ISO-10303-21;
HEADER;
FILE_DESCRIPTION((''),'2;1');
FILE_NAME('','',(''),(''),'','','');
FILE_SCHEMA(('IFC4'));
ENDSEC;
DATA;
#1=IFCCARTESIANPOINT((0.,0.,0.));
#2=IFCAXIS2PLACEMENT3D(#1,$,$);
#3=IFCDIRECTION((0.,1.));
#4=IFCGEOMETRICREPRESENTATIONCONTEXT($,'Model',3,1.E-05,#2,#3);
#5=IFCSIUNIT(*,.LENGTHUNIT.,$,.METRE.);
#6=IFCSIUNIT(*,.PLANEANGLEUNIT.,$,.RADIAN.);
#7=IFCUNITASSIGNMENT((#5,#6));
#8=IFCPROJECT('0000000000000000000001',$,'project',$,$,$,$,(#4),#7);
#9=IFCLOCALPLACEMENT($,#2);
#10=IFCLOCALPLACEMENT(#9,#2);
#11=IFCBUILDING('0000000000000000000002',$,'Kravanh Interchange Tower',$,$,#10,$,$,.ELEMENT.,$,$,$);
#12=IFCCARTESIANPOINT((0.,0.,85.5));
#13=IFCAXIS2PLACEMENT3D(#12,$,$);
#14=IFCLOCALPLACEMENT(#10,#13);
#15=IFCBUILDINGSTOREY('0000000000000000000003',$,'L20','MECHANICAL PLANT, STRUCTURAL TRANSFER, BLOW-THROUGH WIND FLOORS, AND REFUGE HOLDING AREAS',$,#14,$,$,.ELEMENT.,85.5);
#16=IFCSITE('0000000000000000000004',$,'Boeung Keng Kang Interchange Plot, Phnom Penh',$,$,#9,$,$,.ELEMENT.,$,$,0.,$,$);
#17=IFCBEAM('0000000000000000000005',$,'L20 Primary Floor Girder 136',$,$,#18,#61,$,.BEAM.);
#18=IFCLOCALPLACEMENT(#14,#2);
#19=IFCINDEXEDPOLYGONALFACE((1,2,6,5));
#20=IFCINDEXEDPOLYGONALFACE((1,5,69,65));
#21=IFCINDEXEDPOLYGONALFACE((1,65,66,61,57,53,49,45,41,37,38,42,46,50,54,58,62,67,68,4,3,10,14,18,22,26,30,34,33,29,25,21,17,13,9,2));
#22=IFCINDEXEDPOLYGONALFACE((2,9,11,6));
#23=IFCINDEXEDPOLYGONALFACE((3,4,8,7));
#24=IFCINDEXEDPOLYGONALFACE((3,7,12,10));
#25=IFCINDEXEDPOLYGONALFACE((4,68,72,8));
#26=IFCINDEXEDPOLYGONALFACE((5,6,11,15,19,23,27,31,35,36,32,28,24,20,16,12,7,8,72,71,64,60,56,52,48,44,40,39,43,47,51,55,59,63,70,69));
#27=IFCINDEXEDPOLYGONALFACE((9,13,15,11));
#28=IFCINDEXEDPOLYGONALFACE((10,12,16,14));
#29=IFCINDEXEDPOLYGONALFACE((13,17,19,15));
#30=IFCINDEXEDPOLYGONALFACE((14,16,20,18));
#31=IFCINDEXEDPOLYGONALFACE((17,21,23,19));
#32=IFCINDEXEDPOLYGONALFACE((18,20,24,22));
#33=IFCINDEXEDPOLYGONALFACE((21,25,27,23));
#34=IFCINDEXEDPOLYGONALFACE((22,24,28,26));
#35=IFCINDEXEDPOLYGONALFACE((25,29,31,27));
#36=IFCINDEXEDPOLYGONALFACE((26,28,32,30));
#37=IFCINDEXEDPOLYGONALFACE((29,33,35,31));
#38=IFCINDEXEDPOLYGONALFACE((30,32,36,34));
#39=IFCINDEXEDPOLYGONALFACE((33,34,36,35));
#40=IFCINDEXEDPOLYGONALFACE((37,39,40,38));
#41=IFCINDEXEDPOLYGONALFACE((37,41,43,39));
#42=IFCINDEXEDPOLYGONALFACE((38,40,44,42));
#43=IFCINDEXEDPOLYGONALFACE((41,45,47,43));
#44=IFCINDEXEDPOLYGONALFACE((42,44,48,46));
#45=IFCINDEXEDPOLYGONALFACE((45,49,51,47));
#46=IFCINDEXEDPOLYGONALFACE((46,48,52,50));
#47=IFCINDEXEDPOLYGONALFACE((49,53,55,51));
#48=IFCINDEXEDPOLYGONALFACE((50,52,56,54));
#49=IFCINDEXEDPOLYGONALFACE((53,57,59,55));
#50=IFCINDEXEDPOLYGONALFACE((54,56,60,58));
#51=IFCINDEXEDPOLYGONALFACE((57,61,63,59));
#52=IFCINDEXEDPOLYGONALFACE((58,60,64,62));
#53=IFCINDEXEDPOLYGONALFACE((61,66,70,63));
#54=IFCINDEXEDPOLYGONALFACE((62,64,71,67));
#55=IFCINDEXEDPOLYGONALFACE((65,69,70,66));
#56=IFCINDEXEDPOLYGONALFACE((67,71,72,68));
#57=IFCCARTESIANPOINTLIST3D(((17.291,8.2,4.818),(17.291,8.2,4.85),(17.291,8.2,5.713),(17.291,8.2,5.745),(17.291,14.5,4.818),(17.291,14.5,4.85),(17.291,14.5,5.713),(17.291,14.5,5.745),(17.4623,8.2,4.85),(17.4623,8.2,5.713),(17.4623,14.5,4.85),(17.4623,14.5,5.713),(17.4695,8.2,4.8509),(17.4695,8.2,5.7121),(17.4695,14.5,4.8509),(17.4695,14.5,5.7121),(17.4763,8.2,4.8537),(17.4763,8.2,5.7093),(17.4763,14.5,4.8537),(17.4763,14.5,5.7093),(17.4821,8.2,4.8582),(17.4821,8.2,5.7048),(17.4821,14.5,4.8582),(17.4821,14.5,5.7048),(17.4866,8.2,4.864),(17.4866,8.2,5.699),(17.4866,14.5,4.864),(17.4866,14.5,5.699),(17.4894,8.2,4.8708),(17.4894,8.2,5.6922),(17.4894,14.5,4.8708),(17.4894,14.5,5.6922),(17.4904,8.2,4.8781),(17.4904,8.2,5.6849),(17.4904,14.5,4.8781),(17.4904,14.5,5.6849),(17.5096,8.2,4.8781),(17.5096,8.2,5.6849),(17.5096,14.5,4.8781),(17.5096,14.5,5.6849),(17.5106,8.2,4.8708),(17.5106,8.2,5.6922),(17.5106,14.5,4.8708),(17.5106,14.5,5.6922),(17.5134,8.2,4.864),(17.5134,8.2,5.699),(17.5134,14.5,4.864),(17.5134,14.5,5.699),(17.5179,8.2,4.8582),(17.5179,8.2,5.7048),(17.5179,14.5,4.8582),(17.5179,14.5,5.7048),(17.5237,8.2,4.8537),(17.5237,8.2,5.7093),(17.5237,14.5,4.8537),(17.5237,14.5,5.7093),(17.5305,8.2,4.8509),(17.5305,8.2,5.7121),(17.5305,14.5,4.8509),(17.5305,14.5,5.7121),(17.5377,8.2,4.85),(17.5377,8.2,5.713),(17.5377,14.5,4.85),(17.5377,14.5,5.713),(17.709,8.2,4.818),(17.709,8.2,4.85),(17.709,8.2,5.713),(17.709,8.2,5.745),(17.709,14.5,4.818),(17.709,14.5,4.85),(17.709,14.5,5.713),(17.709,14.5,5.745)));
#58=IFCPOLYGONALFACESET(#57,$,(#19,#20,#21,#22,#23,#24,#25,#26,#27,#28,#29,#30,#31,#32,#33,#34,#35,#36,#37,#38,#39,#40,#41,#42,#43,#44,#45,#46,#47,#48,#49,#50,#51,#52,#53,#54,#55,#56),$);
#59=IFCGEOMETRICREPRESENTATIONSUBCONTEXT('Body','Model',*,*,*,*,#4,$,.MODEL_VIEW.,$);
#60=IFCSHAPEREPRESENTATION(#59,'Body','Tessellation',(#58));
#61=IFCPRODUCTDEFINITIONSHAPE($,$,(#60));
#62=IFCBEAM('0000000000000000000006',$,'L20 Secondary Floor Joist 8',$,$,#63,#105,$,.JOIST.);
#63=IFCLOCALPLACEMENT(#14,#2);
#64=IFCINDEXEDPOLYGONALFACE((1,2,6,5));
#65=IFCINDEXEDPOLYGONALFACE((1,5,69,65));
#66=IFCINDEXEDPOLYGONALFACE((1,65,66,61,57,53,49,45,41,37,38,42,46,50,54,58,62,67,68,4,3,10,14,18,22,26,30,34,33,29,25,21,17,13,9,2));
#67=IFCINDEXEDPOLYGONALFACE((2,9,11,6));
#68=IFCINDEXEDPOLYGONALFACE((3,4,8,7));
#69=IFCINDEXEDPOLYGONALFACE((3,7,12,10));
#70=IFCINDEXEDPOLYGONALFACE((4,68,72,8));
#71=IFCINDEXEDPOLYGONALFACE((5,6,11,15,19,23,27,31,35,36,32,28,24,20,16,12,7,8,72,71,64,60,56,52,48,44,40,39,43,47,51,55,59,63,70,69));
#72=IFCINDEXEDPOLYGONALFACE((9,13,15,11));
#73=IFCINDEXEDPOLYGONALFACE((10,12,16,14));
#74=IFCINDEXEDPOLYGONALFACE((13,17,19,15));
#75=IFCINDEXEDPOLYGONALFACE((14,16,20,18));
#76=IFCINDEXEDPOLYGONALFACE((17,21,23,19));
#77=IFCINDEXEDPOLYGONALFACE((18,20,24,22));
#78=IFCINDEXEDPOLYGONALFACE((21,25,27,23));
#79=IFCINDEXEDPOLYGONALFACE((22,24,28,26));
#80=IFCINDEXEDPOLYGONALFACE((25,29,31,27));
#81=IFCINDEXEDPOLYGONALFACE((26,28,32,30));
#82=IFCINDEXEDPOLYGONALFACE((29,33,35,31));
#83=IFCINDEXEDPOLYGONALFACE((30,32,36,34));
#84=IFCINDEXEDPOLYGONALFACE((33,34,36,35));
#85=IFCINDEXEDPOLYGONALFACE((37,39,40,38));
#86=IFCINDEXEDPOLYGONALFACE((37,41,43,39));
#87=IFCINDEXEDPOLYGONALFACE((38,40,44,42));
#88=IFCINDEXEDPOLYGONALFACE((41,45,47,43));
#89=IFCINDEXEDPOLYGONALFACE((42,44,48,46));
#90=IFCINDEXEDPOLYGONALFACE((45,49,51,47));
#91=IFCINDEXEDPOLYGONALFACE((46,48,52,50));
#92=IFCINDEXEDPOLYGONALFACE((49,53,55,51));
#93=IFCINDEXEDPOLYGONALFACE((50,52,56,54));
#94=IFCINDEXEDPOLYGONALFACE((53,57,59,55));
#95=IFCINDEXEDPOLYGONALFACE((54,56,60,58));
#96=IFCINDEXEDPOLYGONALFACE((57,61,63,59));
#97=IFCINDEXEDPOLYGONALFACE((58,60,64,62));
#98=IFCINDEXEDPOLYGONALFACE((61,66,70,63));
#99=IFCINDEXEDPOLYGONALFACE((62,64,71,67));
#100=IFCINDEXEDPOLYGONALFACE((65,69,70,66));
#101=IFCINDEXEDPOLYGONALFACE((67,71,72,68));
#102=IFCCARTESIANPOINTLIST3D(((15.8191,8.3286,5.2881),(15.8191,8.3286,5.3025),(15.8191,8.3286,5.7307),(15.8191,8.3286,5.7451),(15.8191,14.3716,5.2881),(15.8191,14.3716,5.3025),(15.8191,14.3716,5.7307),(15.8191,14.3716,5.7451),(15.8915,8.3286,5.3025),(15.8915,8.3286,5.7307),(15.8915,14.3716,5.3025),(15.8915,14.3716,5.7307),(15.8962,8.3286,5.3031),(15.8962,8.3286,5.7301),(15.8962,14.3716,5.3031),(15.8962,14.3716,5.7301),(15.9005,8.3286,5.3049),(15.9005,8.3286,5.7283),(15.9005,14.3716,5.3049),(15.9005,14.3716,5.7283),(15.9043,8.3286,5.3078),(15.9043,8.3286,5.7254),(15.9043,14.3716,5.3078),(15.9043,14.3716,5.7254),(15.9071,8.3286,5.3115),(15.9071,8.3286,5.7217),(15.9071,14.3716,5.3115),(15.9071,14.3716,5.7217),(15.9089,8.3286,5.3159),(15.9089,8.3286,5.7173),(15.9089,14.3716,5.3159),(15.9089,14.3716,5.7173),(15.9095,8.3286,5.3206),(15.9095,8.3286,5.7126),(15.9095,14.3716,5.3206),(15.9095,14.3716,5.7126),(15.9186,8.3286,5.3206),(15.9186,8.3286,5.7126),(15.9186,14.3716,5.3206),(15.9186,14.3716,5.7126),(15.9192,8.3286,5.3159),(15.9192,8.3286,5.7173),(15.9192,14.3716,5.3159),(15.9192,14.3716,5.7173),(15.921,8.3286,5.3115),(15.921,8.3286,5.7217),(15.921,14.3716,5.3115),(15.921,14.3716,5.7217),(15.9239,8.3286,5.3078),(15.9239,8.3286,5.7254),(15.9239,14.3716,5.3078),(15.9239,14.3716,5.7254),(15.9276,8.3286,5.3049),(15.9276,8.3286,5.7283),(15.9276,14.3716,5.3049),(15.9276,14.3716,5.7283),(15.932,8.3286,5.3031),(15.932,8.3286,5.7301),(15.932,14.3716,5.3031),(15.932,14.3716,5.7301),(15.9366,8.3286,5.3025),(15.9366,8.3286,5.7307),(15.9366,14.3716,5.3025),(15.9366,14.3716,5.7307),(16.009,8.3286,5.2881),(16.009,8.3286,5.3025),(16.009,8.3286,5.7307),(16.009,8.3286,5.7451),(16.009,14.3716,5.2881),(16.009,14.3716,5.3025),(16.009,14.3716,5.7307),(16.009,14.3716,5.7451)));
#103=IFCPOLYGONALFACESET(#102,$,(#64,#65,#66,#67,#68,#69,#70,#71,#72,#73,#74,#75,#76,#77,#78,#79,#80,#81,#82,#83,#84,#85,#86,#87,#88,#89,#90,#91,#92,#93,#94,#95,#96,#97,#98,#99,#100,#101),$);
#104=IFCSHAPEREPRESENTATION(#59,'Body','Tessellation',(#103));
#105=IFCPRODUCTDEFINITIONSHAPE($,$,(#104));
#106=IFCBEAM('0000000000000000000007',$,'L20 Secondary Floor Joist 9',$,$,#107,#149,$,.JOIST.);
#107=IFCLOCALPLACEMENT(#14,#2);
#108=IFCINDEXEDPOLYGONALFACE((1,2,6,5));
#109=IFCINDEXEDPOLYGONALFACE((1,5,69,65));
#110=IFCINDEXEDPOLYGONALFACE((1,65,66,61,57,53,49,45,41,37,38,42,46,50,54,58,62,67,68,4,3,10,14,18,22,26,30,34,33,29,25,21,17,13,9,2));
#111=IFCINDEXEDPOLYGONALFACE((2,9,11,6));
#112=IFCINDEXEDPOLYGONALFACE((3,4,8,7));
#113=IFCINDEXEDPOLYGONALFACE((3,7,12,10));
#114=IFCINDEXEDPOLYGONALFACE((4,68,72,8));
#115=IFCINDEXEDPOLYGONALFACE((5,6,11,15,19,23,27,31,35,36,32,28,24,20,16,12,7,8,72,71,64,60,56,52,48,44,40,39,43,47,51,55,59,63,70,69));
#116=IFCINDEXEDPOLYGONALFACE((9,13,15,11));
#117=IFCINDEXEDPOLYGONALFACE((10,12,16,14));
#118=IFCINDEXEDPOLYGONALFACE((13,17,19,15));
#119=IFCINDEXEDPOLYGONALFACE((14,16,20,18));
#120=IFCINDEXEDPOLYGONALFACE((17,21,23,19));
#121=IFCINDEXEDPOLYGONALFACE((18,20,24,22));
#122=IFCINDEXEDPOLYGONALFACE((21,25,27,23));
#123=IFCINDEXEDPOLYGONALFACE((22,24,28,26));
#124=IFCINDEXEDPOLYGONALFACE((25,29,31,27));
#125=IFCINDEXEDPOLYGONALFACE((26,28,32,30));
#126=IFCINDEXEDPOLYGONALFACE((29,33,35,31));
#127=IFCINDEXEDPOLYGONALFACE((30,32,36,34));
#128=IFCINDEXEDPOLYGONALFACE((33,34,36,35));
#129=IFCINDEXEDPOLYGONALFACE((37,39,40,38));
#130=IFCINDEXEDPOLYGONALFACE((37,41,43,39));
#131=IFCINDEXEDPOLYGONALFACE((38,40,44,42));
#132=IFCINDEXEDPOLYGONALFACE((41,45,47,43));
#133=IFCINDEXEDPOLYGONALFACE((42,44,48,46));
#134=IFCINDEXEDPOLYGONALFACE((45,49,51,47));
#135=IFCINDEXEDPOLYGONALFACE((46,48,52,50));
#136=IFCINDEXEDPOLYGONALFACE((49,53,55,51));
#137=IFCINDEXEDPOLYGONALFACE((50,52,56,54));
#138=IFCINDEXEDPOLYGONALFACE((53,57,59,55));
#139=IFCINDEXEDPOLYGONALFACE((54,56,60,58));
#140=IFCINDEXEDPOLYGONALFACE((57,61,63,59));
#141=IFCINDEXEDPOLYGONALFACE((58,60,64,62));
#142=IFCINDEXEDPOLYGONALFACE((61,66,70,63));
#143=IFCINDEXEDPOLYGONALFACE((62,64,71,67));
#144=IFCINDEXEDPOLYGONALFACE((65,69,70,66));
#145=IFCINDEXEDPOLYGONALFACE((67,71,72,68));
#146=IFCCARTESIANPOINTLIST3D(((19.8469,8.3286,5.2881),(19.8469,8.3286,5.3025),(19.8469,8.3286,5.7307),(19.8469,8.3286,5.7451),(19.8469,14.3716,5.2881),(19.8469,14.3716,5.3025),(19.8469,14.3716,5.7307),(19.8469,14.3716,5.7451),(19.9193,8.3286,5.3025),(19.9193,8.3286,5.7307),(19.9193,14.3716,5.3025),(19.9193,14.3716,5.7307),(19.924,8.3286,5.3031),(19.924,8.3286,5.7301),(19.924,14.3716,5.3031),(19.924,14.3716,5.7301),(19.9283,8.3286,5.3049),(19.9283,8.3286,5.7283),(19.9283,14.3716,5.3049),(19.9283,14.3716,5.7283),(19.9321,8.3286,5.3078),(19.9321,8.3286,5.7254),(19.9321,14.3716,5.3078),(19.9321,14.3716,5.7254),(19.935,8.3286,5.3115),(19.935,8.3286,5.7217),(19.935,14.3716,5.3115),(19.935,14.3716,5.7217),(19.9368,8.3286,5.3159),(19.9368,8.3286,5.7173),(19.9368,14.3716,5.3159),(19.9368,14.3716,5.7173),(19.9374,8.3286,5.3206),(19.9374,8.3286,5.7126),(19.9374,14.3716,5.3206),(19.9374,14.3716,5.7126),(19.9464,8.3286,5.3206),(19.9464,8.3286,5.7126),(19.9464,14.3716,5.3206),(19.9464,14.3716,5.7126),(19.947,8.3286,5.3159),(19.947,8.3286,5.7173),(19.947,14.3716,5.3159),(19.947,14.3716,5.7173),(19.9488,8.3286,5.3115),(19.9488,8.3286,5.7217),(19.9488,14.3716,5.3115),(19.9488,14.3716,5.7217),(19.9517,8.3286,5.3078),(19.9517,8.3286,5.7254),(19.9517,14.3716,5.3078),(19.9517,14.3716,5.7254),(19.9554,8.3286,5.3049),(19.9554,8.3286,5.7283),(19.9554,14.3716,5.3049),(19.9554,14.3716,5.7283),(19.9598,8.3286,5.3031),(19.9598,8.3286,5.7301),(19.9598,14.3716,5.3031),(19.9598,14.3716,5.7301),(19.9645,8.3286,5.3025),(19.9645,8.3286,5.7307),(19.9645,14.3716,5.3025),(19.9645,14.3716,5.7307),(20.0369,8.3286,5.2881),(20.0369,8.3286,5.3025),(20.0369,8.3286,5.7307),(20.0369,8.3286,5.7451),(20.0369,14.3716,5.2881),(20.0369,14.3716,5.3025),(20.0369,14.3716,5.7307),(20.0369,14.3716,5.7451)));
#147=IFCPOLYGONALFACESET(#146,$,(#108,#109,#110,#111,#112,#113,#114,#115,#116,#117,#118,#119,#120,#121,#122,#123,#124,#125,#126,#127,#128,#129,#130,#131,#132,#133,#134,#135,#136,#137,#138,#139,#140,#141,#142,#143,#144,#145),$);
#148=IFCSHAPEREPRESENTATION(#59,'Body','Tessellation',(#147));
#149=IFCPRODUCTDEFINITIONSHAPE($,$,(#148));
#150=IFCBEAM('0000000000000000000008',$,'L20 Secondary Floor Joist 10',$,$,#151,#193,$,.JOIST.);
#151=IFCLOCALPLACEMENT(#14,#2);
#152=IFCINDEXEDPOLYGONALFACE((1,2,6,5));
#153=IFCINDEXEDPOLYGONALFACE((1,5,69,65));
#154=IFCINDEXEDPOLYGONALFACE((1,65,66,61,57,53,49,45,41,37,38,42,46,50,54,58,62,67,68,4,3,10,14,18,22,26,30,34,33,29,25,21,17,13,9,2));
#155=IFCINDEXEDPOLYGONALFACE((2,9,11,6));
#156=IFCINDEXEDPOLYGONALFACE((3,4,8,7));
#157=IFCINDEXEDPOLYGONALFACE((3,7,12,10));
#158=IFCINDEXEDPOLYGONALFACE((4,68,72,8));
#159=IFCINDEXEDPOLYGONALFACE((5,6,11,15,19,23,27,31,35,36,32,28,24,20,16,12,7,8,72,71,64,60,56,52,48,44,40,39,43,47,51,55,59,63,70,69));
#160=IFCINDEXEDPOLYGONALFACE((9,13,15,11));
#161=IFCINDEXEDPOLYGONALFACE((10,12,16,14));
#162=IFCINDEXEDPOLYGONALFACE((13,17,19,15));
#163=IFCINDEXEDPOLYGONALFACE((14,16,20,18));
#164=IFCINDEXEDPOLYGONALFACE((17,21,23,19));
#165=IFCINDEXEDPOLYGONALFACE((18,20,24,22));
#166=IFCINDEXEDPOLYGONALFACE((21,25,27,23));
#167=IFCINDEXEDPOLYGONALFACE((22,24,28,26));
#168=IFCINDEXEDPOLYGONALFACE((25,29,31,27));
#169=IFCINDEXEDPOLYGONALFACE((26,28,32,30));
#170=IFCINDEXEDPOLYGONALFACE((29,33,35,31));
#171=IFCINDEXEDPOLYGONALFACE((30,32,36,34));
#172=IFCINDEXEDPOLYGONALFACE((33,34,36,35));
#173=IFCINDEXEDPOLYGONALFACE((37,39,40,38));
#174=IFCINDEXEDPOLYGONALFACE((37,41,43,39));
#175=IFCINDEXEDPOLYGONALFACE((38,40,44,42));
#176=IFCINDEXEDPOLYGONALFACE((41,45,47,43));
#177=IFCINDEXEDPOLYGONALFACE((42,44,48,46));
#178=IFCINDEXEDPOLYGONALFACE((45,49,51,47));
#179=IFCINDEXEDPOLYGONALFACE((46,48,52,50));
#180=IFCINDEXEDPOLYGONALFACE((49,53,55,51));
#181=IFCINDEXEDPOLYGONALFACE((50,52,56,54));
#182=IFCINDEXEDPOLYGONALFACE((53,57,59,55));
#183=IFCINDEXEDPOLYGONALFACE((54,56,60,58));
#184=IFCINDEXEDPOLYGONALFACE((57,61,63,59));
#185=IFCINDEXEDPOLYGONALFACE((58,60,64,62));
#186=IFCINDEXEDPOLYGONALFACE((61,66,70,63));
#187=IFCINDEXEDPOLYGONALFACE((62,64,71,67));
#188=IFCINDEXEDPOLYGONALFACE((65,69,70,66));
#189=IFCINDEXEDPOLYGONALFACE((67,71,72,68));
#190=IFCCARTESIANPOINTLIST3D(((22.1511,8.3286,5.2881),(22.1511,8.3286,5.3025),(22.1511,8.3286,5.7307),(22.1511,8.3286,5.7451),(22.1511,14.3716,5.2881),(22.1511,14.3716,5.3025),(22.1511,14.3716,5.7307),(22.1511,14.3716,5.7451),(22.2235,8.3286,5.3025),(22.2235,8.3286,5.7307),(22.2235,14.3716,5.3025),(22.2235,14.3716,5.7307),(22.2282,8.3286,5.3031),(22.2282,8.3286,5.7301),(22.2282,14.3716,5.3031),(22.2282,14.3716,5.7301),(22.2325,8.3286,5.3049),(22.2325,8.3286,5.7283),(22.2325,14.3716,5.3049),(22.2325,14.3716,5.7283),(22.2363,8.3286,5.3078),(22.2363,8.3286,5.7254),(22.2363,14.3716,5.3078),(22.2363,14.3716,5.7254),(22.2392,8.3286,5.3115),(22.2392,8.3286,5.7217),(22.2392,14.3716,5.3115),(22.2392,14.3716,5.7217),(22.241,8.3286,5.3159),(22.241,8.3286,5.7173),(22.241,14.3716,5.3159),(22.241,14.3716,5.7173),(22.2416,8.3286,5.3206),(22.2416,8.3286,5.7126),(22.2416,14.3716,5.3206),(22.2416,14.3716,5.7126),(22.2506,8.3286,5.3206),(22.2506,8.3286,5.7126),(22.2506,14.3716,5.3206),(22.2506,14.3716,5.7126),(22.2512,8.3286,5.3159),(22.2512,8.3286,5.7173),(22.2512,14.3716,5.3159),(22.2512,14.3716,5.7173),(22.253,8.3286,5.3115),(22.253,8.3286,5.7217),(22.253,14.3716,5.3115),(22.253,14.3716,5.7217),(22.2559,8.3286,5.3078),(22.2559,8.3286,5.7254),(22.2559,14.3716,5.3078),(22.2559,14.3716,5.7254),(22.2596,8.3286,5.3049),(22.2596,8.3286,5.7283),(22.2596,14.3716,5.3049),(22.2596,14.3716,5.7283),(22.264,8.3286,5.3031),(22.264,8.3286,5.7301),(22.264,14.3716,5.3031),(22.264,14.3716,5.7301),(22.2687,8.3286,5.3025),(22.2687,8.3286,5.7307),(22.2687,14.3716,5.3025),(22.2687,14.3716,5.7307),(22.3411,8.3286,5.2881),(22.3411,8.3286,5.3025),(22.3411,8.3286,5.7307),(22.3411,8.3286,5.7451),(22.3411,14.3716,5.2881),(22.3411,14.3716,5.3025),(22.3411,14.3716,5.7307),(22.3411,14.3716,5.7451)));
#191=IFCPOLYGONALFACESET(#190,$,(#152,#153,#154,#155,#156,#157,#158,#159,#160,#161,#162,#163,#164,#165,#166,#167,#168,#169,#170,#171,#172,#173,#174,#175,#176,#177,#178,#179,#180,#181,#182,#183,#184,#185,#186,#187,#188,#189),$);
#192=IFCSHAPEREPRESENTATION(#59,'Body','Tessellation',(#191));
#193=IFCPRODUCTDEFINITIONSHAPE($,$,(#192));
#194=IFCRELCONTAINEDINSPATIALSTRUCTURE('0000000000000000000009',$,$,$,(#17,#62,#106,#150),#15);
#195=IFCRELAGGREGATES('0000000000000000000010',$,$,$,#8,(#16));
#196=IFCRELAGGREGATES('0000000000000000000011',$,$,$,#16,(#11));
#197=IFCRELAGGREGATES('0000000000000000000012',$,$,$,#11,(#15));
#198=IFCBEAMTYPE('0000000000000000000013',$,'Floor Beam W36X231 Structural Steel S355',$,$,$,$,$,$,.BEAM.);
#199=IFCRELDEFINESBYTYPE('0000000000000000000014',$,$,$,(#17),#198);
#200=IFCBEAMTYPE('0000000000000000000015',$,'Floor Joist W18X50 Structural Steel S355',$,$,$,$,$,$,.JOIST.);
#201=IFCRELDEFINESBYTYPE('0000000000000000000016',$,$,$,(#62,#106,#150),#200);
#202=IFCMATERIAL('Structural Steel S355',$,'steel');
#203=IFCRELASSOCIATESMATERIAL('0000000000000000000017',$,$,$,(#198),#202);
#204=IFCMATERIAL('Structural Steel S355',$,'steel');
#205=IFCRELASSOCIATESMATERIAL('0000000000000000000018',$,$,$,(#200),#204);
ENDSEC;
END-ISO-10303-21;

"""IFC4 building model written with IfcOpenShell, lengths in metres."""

from ifc_helpers import new_model, si_unit, direction, frame, origin, origin_2d, place, context, subcontext, project, spatial, i_section, extrude, material, material_profile, profile_set, type_object, element, save


model = new_model("IFC4")

# Units and contexts
model_context = context("Model", 3, precision=1e-05, world=origin(), true_north=direction((0.0, 1.0)))
body_context = subcontext(model_context, "Body", "Model", "MODEL_VIEW")
ifc_project = project(units=[si_unit("LENGTHUNIT", "METRE"), si_unit("PLANEANGLEUNIT", "RADIAN")], contexts=[model_context])

# Site, building, storey
site_placement = place(None, origin())
site = spatial("IfcSite", under=ifc_project, at=site_placement, Name="Boeung Keng Kang Interchange Plot, Phnom Penh", CompositionType="ELEMENT", RefElevation=0.0)
building_placement = place(site_placement, origin())
building = spatial("IfcBuilding", under=site, at=building_placement, Name="Kravanh Interchange Tower", CompositionType="ELEMENT")
storey_placement = place(building_placement, frame((0.0, 0.0, 85.5)))
storey = spatial("IfcBuildingStorey", under=building, at=storey_placement, Name="L20", Description="MECHANICAL PLANT, STRUCTURAL TRANSFER, BLOW-THROUGH WIND FLOORS, AND REFUGE HOLDING AREAS", CompositionType="ELEMENT", Elevation=85.5)

# Beams
ifc_material_1 = material(Name="Structural Steel S355", Category="steel")
ifc_material_profile_1 = material_profile(ifc_material_1, i_section(OverallWidth=0.418, OverallDepth=0.927, WebThickness=0.0193, FlangeThickness=0.032, FilletRadius=0.0281, at=origin_2d()), Name="W36X231")
ifc_profile_set_1 = profile_set([ifc_material_profile_1], Name="Structural Steel S355")
beam_type_1 = type_object("IfcBeamType", Name="Floor Beam W36X231 Structural Steel S355", PredefinedType="BEAM", material=ifc_profile_set_1)
beam_1_placement = place(storey_placement, frame((17.5, 8.2, 5.2815), z_axis=(0.0, 1.0, 0.0), x_axis=(-1.0, 0.0, 0.0)))
element("IfcBeam", 1, at=beam_1_placement, inside=storey, type_object=beam_type_1, Name="L20 Primary Floor Girder 136", PredefinedType="BEAM", context=body_context, shape_type="SweptSolid", body=[
    extrude(i_section(OverallWidth=0.418, OverallDepth=0.927, WebThickness=0.0193, FlangeThickness=0.032, FilletRadius=0.0281, at=origin_2d()), origin(), (0.0, 0.0, 1.0), 6.3),
])
ifc_material_2 = material(Name="Structural Steel S355", Category="steel")
ifc_material_profile_2 = material_profile(ifc_material_2, i_section(OverallWidth=0.1899, OverallDepth=0.457, WebThickness=0.009, FlangeThickness=0.0144, FilletRadius=0.0181, at=origin_2d()), Name="W18X50")
ifc_profile_set_2 = profile_set([ifc_material_profile_2], Name="Structural Steel S355")
beam_type_2 = type_object("IfcBeamType", Name="Floor Joist W18X50 Structural Steel S355", PredefinedType="JOIST", material=ifc_profile_set_2)
for number, where, z_axis, x_axis, name in (
    (2, (15.9141, 8.3286, 5.5166), (0.0, 1.0, 0.0), (-1.0, 0.0, 0.0), "L20 Secondary Floor Joist 8"),
    (3, (19.9419, 8.3286, 5.5166), (0.0, 1.0, 0.0), (-1.0, 0.0, 0.0), "L20 Secondary Floor Joist 9"),
    (4, (22.2461, 8.3286, 5.5166), (0.0, 1.0, 0.0), (-1.0, 0.0, 0.0), "L20 Secondary Floor Joist 10"),
):
    element("IfcBeam", number, at=place(storey_placement, frame(where, z_axis=z_axis, x_axis=x_axis)), inside=storey, type_object=beam_type_2, Name=name, PredefinedType="JOIST", context=body_context, shape_type="SweptSolid", body=[
        extrude(i_section(OverallWidth=0.1899, OverallDepth=0.457, WebThickness=0.009, FlangeThickness=0.0144, FilletRadius=0.0181, at=origin_2d()), origin(), (0.0, 0.0, 1.0), 6.043),
    ])

save(model, "model.ifc")
